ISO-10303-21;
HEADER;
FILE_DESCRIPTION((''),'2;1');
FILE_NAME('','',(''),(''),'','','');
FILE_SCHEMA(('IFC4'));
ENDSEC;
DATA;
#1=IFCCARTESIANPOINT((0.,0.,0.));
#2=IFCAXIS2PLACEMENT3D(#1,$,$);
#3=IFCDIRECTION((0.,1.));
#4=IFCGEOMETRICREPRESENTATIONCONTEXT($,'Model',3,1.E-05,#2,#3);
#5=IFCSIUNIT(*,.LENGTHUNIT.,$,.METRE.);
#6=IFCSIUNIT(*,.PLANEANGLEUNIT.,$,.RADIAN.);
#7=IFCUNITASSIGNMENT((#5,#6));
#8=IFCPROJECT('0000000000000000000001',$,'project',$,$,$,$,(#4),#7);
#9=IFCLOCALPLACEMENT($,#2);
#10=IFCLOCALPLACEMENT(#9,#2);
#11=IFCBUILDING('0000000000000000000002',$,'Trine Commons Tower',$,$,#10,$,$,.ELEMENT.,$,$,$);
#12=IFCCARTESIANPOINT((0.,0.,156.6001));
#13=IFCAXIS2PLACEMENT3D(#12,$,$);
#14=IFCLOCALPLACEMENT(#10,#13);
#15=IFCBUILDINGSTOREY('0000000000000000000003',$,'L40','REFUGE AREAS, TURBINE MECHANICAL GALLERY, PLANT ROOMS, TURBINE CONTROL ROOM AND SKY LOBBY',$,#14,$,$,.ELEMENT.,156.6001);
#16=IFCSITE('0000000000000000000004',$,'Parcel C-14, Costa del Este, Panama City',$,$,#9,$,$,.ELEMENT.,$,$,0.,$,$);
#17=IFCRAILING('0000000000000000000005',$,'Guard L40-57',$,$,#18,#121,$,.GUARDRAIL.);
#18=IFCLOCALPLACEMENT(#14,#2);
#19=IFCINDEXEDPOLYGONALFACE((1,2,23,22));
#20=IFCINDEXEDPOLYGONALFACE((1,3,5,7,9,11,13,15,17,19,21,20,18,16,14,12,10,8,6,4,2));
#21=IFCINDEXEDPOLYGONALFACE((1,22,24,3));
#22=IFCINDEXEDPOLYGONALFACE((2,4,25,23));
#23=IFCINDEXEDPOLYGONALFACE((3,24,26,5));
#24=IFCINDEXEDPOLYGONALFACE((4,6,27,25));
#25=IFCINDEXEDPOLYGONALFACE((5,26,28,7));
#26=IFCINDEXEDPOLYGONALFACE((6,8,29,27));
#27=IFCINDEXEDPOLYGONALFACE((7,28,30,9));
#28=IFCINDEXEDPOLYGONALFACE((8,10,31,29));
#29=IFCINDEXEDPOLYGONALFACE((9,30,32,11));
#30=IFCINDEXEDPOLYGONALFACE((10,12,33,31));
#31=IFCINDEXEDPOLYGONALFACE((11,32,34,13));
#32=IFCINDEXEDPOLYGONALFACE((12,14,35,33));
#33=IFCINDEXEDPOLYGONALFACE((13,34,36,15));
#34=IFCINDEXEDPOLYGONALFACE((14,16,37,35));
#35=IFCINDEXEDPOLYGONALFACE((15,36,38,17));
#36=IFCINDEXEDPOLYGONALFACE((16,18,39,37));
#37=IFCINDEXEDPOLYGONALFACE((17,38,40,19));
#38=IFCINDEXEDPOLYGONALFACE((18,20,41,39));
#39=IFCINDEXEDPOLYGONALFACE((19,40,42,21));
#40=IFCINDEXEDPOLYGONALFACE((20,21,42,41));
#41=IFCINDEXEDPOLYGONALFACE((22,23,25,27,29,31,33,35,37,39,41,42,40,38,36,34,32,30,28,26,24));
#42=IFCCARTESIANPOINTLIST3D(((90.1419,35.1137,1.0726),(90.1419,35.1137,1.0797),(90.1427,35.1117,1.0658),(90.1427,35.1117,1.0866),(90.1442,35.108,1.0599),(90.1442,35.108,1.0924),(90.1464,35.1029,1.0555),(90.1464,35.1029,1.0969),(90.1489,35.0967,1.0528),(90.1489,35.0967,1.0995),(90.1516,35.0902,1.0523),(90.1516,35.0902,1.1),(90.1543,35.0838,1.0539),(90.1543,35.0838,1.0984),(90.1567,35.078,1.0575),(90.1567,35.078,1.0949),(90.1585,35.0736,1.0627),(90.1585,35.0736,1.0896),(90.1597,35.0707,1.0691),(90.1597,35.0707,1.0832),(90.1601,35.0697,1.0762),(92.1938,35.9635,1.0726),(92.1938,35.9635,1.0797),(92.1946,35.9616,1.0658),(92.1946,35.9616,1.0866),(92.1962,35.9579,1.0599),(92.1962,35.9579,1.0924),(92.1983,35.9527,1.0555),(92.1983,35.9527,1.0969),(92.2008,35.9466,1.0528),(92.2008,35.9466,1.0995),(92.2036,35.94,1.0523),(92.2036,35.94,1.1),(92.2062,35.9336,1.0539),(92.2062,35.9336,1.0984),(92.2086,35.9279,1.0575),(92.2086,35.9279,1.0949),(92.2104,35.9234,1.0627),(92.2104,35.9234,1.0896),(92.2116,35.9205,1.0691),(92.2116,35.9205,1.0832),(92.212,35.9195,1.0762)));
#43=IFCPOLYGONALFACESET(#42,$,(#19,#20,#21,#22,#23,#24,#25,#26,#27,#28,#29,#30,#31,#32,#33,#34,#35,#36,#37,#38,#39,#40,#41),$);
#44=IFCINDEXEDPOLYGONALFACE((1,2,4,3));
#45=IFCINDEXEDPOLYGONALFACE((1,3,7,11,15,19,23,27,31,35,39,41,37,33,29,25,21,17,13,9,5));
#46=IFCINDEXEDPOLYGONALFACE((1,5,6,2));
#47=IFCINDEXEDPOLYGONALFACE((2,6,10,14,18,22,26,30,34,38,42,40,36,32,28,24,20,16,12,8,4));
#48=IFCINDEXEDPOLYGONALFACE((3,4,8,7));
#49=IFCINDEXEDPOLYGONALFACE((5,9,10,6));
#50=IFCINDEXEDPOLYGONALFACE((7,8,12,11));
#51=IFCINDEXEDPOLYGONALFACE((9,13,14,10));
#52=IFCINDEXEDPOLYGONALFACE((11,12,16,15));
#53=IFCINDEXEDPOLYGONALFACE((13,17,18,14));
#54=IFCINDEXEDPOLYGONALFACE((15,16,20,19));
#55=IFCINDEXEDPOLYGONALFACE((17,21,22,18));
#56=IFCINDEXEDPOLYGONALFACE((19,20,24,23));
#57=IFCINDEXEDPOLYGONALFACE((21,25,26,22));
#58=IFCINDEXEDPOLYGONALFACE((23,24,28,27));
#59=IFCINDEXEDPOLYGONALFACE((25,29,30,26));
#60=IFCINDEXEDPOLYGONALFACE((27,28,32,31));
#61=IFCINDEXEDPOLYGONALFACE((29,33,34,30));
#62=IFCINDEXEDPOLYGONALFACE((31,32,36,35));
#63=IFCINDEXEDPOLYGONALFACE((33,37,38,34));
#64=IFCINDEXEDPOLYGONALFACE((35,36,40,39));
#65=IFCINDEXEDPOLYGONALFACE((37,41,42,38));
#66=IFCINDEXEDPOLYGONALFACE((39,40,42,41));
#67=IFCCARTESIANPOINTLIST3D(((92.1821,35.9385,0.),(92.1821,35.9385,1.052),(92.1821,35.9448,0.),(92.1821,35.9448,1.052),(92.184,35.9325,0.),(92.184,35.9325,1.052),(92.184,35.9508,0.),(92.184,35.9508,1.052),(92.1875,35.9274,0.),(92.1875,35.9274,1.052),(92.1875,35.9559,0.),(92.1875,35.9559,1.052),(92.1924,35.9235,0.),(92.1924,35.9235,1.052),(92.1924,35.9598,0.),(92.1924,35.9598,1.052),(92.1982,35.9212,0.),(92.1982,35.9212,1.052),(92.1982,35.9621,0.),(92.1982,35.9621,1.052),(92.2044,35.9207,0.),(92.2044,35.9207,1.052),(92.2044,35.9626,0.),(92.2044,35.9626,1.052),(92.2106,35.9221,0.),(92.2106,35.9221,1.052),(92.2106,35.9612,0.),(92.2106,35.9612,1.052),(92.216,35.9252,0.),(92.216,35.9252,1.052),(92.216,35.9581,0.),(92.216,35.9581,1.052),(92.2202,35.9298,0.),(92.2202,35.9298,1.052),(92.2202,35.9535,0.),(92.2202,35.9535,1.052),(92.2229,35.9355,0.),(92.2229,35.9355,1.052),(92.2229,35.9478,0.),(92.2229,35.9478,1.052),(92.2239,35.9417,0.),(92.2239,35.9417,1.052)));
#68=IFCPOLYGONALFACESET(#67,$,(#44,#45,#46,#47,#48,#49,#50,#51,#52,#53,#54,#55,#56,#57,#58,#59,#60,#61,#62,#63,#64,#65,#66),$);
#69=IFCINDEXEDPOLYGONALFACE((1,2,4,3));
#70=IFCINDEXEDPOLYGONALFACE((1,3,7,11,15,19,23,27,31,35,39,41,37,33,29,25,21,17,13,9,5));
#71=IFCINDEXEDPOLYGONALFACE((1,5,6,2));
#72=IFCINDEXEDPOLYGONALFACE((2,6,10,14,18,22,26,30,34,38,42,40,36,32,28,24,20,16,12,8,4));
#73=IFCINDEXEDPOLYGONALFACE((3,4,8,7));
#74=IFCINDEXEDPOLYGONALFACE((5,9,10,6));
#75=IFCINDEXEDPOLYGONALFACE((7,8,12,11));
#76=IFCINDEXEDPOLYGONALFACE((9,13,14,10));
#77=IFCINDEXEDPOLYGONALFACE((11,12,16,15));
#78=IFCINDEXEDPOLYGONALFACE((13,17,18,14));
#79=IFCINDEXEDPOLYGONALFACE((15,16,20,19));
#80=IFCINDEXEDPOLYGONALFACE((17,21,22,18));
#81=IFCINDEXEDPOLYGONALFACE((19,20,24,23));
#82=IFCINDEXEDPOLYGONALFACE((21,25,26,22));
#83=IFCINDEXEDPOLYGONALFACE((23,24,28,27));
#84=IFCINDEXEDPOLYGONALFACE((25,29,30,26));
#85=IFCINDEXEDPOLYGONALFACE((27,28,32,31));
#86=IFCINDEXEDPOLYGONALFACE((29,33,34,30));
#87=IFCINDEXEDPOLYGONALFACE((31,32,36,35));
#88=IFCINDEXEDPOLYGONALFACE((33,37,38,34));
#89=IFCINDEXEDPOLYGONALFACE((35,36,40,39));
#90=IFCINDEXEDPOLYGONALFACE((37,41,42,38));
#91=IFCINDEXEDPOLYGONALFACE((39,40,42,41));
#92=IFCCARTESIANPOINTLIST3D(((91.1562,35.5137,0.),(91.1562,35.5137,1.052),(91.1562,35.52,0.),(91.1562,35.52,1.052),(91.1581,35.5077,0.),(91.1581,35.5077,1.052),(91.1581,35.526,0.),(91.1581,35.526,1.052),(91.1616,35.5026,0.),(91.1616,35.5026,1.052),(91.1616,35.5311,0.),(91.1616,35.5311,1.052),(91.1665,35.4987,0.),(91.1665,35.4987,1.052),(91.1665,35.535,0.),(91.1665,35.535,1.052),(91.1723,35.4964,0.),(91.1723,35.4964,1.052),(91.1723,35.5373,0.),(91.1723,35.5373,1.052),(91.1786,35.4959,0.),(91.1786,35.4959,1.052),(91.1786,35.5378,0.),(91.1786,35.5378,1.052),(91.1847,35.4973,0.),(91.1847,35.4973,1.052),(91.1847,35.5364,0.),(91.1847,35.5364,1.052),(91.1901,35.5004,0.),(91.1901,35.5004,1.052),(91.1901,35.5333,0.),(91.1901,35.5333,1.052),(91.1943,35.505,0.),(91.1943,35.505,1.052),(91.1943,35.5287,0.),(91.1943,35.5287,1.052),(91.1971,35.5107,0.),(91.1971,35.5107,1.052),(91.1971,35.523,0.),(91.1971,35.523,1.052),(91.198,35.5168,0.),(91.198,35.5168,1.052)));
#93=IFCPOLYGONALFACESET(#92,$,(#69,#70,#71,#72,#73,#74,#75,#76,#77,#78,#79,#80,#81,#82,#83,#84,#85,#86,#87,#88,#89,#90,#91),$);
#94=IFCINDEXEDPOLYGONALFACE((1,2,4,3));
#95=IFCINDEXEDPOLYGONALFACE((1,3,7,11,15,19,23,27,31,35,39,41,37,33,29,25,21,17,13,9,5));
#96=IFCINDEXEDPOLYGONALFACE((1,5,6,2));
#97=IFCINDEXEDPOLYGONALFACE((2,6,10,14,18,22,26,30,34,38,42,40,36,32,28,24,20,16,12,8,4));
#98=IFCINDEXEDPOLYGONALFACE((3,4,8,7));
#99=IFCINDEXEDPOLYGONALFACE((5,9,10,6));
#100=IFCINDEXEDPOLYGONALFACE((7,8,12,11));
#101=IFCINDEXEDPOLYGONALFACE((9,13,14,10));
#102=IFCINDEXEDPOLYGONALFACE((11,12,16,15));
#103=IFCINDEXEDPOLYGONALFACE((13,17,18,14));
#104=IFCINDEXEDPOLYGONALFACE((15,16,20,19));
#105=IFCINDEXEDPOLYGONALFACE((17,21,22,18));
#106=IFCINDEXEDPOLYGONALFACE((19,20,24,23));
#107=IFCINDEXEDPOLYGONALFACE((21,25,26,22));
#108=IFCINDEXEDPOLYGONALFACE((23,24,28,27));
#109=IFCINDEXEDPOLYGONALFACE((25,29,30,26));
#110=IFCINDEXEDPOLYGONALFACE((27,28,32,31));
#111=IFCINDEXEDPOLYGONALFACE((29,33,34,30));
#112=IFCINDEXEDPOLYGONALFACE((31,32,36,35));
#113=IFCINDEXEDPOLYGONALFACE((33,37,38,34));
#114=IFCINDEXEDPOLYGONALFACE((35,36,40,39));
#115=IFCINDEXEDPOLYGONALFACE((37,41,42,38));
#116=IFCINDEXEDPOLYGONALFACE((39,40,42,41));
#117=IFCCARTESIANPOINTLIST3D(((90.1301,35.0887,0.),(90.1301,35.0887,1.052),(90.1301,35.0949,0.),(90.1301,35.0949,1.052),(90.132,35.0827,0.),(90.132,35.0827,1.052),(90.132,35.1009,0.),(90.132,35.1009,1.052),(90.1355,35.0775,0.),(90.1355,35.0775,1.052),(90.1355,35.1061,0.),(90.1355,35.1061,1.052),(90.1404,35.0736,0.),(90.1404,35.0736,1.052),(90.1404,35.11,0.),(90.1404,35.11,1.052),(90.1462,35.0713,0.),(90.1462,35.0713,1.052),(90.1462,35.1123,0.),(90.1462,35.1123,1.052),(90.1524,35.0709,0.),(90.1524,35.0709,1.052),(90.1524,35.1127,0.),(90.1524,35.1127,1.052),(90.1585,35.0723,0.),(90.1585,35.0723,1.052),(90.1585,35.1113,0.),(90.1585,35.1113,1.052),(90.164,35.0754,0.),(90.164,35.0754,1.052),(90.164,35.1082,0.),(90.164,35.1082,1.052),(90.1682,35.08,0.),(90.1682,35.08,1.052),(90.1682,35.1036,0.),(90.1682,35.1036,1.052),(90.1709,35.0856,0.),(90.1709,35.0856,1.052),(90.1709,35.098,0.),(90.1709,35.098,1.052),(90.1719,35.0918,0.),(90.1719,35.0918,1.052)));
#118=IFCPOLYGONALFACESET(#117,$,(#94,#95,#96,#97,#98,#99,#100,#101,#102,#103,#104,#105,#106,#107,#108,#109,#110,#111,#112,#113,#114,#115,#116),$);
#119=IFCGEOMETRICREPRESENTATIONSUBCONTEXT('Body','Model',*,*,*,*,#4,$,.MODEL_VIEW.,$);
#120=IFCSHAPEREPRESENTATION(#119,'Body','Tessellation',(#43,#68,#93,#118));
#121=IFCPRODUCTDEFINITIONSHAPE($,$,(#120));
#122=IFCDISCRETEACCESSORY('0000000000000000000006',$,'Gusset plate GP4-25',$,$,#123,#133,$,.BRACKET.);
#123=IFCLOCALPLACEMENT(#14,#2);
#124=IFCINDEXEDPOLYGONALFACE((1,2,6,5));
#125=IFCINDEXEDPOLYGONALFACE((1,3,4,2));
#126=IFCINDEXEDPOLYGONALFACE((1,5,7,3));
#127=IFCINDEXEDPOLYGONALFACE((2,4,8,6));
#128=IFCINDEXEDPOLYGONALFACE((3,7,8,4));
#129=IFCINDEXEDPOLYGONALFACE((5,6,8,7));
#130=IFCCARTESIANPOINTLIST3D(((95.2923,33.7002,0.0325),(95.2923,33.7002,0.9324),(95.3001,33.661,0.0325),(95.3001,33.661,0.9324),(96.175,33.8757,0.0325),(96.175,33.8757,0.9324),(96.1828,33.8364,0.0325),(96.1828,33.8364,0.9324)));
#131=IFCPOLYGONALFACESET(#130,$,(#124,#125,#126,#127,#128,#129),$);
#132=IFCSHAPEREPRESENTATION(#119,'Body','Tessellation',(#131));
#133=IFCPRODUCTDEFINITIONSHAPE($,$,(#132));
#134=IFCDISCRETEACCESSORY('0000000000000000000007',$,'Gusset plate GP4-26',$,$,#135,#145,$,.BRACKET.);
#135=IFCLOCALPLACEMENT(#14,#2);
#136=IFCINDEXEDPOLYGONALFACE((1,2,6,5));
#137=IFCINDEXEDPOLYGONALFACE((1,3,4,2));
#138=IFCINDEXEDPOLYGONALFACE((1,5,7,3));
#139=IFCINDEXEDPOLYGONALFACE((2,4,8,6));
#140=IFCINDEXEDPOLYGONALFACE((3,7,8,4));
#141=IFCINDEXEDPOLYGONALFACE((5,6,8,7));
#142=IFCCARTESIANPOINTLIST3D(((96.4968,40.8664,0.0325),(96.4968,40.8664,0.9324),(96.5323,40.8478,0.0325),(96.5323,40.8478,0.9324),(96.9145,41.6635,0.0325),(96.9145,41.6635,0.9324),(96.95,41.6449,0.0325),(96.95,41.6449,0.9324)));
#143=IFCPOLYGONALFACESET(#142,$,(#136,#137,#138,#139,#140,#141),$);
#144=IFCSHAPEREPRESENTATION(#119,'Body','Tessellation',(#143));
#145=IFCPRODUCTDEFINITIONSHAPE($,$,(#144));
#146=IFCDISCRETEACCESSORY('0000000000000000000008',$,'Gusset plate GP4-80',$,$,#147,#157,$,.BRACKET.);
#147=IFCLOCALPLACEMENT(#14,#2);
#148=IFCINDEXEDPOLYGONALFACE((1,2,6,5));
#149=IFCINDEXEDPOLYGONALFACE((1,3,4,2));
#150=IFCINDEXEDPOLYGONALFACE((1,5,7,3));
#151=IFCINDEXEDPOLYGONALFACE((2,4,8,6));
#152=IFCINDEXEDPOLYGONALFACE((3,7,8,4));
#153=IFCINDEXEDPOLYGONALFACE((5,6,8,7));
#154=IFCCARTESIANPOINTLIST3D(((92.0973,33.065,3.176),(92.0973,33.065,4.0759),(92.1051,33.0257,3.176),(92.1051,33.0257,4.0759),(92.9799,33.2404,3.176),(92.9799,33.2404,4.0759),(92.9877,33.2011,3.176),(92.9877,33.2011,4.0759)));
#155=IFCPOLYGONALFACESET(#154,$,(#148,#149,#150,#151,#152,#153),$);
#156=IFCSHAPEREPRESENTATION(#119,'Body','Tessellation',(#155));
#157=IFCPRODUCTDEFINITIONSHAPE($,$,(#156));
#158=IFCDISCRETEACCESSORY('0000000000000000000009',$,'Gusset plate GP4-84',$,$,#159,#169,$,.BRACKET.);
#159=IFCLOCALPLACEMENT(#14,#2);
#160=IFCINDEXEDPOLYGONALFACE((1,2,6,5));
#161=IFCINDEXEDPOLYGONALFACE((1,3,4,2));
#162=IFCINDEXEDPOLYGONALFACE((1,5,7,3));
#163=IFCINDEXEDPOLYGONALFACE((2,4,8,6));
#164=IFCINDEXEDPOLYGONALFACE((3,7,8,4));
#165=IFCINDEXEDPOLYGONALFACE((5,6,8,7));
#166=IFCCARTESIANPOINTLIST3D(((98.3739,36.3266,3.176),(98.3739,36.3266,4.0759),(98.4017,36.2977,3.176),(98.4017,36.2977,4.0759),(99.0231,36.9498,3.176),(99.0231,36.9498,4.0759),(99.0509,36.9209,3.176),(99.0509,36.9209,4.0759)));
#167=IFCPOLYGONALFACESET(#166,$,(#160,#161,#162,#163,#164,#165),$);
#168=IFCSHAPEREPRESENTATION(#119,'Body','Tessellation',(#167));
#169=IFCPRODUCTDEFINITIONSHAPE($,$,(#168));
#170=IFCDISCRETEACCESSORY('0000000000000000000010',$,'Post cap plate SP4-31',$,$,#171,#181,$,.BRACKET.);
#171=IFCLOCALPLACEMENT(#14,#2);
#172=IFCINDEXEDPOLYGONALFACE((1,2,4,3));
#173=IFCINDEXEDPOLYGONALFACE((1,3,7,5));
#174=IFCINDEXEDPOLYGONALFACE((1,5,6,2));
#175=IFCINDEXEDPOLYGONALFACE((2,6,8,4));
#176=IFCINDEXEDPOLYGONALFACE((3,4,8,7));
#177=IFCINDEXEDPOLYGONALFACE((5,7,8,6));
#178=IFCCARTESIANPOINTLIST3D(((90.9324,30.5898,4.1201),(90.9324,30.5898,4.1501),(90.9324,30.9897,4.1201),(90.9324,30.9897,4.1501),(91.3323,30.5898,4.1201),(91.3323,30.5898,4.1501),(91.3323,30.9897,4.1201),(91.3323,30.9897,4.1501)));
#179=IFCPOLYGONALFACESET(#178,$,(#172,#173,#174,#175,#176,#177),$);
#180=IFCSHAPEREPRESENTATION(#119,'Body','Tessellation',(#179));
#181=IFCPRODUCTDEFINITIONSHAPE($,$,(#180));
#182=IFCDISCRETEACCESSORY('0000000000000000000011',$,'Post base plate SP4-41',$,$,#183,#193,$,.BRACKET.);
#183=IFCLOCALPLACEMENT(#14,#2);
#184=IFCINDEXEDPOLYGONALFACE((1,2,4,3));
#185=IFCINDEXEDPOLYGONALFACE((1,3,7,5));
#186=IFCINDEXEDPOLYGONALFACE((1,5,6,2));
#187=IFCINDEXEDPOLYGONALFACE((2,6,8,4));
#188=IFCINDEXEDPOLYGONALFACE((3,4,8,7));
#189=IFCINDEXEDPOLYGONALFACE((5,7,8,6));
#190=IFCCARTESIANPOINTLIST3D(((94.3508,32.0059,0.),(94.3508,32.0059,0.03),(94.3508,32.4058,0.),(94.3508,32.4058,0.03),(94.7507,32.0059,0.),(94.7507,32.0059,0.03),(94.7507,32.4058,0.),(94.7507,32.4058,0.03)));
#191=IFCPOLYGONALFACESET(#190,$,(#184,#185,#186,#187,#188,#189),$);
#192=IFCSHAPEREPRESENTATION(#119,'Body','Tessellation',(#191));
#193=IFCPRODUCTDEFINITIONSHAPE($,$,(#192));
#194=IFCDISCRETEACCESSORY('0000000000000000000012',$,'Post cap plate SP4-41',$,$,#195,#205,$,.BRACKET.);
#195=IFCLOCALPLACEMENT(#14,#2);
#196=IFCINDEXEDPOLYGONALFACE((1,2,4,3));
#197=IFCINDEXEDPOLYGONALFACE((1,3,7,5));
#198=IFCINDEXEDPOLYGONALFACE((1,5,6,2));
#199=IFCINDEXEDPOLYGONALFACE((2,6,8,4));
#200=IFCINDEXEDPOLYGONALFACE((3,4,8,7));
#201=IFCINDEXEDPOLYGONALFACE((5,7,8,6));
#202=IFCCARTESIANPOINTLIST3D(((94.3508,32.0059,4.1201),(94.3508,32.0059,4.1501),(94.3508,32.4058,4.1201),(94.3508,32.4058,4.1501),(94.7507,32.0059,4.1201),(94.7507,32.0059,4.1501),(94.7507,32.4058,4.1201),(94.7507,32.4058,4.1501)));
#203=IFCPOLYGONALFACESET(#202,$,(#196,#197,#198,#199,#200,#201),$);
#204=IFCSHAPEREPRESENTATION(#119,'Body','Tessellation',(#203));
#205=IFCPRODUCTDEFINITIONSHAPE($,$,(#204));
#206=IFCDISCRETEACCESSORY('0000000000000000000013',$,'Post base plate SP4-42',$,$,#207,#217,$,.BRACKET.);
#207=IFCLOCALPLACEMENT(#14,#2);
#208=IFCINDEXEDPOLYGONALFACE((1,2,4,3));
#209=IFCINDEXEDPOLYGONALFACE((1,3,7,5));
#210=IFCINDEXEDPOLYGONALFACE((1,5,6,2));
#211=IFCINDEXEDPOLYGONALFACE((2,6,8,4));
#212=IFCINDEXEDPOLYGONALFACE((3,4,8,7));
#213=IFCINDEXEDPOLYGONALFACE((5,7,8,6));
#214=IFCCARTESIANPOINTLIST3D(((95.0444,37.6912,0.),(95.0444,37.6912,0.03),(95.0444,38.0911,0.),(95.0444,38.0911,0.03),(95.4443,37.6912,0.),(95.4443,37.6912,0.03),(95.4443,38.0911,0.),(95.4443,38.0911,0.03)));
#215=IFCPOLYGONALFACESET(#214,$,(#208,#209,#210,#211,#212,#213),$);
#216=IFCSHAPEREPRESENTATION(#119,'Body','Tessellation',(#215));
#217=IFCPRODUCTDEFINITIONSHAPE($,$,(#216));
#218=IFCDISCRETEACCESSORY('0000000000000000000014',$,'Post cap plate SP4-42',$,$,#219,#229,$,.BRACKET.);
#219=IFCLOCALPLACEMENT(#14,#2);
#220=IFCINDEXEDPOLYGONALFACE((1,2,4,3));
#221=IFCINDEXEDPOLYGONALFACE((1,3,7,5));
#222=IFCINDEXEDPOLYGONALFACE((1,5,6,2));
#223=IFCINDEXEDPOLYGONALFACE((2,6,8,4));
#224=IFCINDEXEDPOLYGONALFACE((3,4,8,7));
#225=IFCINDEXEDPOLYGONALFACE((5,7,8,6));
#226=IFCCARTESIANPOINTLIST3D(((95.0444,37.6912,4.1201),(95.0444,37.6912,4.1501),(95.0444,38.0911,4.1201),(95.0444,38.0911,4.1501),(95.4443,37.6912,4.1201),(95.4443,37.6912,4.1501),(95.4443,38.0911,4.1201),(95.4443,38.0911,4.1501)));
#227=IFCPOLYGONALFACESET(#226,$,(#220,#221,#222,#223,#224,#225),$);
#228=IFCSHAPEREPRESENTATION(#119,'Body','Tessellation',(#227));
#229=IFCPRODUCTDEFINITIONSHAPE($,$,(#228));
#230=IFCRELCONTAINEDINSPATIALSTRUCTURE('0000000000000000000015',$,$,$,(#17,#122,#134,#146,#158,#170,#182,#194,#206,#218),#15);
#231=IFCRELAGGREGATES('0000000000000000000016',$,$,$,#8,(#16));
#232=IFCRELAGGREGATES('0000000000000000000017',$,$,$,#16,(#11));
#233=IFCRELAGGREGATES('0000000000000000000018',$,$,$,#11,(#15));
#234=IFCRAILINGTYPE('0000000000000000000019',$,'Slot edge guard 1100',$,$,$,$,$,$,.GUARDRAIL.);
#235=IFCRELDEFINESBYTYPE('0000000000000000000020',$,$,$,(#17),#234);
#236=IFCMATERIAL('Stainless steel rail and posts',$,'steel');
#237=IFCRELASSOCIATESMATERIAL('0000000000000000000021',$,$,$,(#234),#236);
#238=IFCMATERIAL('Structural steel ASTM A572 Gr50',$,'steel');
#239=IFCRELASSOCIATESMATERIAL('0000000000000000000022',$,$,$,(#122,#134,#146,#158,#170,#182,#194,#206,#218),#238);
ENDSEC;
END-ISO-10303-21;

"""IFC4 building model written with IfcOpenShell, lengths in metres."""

from ifc_helpers import new_model, si_unit, direction, frame, origin, origin_2d, place, context, subcontext, project, spatial, rectangle, circle, extrude, material, type_object, element, save


model = new_model("IFC4")

# Units and contexts
model_context = context("Model", 3, precision=1e-05, world=origin(), true_north=direction((0.0, 1.0)))
body_context = subcontext(model_context, "Body", "Model", "MODEL_VIEW")
ifc_project = project(units=[si_unit("LENGTHUNIT", "METRE"), si_unit("PLANEANGLEUNIT", "RADIAN")], contexts=[model_context])

# Site, building, storey
site_placement = place(None, origin())
site = spatial("IfcSite", under=ifc_project, at=site_placement, Name="Parcel C-14, Costa del Este, Panama City", CompositionType="ELEMENT", RefElevation=0.0)
building_placement = place(site_placement, origin())
building = spatial("IfcBuilding", under=site, at=building_placement, Name="Trine Commons Tower", CompositionType="ELEMENT")
storey_placement = place(building_placement, frame((0.0, 0.0, 156.6001)))
storey = spatial("IfcBuildingStorey", under=building, at=storey_placement, Name="L40", Description="REFUGE AREAS, TURBINE MECHANICAL GALLERY, PLANT ROOMS, TURBINE CONTROL ROOM AND SKY LOBBY", CompositionType="ELEMENT", Elevation=156.6001)

# Railing
ifc_material_1 = material(Name="Stainless steel rail and posts", Category="steel")
railing_type = type_object("IfcRailingType", Name="Slot edge guard 1100", PredefinedType="GUARDRAIL", material=ifc_material_1)
railing_1_placement = place(storey_placement, frame((92.2029, 35.9417, 0.0)))
element("IfcRailing", 1, at=railing_1_placement, inside=storey, type_object=railing_type, Name="Guard L40-57", PredefinedType="GUARDRAIL", context=body_context, shape_type="SweptSolid", body=[
    extrude(circle(Radius=0.0239, at=origin_2d()), frame((0.0, 0.0, 1.0762), z_axis=(-0.923898, -0.38264, 0.0), x_axis=(0.38264, -0.923898, 0.0)), (0.0, 0.0, 1.0), 2.2209),
    extrude(circle(Radius=0.021, at=origin_2d()), origin(), (0.0, 0.0, 1.0), 1.052),
    extrude(circle(Radius=0.021, at=origin_2d()), frame((-1.0259, -0.4248, 0.0)), (0.0, 0.0, 1.0), 1.052),
    extrude(circle(Radius=0.021, at=origin_2d()), frame((-2.052, -0.8499, 0.0)), (0.0, 0.0, 1.0), 1.052),
])

# Discrete accessories
ifc_material_2 = material(Name="Structural steel ASTM A572 Gr50", Category="steel")
for number, where, z_axis, x_axis, name in (
    (2, (95.7375, 33.7683, 0.0325), (0.0, 0.0, 1.0), (-0.980813, -0.194953, 0.0), "Gusset plate GP4-25"),
    (3, (96.7234, 41.2556, 0.0325), (0.0, 0.0, 1.0), (0.464147, 0.885758, 0.0), "Gusset plate GP4-26"),
    (4, (92.5425, 33.1331, 3.176), (0.0, 0.0, 1.0), (-0.980813, -0.194953, 0.0), "Gusset plate GP4-80"),
    (5, (98.7124, 36.6238, 3.176), (0.0, 0.0, 1.0), (0.721398, 0.692521, 0.0), "Gusset plate GP4-84"),
):
    element("IfcDiscreteAccessory", number, at=place(storey_placement, frame(where, z_axis=z_axis, x_axis=x_axis)), inside=storey, material=ifc_material_2, Name=name, PredefinedType="BRACKET", context=body_context, shape_type="SweptSolid", body=[
        extrude(rectangle(XDim=0.8999, YDim=0.04, at=origin_2d()), origin(), (0.0, 0.0, 1.0), 0.8999),
    ])
for number, where, z_axis, x_axis, name in (
    (6, (91.1323, 30.7898, 4.1201), (0.0, 0.0, 1.0), (1.0, 0.0, 0.0), "Post cap plate SP4-31"),
    (7, (94.5508, 32.2058, 0.0), (0.0, 0.0, 1.0), (1.0, 0.0, 0.0), "Post base plate SP4-41"),
    (8, (94.5508, 32.2058, 4.1201), (0.0, 0.0, 1.0), (1.0, 0.0, 0.0), "Post cap plate SP4-41"),
    (9, (95.2444, 37.8911, 0.0), (0.0, 0.0, 1.0), (1.0, 0.0, 0.0), "Post base plate SP4-42"),
    (10, (95.2444, 37.8911, 4.1201), (0.0, 0.0, 1.0), (1.0, 0.0, 0.0), "Post cap plate SP4-42"),
):
    element("IfcDiscreteAccessory", number, at=place(storey_placement, frame(where, z_axis=z_axis, x_axis=x_axis)), inside=storey, material=ifc_material_2, Name=name, PredefinedType="BRACKET", context=body_context, shape_type="SweptSolid", body=[
        extrude(rectangle(XDim=0.3999, YDim=0.3999, at=origin_2d()), origin(), (0.0, 0.0, 1.0), 0.03),
    ])

save(model, "model.ifc")
